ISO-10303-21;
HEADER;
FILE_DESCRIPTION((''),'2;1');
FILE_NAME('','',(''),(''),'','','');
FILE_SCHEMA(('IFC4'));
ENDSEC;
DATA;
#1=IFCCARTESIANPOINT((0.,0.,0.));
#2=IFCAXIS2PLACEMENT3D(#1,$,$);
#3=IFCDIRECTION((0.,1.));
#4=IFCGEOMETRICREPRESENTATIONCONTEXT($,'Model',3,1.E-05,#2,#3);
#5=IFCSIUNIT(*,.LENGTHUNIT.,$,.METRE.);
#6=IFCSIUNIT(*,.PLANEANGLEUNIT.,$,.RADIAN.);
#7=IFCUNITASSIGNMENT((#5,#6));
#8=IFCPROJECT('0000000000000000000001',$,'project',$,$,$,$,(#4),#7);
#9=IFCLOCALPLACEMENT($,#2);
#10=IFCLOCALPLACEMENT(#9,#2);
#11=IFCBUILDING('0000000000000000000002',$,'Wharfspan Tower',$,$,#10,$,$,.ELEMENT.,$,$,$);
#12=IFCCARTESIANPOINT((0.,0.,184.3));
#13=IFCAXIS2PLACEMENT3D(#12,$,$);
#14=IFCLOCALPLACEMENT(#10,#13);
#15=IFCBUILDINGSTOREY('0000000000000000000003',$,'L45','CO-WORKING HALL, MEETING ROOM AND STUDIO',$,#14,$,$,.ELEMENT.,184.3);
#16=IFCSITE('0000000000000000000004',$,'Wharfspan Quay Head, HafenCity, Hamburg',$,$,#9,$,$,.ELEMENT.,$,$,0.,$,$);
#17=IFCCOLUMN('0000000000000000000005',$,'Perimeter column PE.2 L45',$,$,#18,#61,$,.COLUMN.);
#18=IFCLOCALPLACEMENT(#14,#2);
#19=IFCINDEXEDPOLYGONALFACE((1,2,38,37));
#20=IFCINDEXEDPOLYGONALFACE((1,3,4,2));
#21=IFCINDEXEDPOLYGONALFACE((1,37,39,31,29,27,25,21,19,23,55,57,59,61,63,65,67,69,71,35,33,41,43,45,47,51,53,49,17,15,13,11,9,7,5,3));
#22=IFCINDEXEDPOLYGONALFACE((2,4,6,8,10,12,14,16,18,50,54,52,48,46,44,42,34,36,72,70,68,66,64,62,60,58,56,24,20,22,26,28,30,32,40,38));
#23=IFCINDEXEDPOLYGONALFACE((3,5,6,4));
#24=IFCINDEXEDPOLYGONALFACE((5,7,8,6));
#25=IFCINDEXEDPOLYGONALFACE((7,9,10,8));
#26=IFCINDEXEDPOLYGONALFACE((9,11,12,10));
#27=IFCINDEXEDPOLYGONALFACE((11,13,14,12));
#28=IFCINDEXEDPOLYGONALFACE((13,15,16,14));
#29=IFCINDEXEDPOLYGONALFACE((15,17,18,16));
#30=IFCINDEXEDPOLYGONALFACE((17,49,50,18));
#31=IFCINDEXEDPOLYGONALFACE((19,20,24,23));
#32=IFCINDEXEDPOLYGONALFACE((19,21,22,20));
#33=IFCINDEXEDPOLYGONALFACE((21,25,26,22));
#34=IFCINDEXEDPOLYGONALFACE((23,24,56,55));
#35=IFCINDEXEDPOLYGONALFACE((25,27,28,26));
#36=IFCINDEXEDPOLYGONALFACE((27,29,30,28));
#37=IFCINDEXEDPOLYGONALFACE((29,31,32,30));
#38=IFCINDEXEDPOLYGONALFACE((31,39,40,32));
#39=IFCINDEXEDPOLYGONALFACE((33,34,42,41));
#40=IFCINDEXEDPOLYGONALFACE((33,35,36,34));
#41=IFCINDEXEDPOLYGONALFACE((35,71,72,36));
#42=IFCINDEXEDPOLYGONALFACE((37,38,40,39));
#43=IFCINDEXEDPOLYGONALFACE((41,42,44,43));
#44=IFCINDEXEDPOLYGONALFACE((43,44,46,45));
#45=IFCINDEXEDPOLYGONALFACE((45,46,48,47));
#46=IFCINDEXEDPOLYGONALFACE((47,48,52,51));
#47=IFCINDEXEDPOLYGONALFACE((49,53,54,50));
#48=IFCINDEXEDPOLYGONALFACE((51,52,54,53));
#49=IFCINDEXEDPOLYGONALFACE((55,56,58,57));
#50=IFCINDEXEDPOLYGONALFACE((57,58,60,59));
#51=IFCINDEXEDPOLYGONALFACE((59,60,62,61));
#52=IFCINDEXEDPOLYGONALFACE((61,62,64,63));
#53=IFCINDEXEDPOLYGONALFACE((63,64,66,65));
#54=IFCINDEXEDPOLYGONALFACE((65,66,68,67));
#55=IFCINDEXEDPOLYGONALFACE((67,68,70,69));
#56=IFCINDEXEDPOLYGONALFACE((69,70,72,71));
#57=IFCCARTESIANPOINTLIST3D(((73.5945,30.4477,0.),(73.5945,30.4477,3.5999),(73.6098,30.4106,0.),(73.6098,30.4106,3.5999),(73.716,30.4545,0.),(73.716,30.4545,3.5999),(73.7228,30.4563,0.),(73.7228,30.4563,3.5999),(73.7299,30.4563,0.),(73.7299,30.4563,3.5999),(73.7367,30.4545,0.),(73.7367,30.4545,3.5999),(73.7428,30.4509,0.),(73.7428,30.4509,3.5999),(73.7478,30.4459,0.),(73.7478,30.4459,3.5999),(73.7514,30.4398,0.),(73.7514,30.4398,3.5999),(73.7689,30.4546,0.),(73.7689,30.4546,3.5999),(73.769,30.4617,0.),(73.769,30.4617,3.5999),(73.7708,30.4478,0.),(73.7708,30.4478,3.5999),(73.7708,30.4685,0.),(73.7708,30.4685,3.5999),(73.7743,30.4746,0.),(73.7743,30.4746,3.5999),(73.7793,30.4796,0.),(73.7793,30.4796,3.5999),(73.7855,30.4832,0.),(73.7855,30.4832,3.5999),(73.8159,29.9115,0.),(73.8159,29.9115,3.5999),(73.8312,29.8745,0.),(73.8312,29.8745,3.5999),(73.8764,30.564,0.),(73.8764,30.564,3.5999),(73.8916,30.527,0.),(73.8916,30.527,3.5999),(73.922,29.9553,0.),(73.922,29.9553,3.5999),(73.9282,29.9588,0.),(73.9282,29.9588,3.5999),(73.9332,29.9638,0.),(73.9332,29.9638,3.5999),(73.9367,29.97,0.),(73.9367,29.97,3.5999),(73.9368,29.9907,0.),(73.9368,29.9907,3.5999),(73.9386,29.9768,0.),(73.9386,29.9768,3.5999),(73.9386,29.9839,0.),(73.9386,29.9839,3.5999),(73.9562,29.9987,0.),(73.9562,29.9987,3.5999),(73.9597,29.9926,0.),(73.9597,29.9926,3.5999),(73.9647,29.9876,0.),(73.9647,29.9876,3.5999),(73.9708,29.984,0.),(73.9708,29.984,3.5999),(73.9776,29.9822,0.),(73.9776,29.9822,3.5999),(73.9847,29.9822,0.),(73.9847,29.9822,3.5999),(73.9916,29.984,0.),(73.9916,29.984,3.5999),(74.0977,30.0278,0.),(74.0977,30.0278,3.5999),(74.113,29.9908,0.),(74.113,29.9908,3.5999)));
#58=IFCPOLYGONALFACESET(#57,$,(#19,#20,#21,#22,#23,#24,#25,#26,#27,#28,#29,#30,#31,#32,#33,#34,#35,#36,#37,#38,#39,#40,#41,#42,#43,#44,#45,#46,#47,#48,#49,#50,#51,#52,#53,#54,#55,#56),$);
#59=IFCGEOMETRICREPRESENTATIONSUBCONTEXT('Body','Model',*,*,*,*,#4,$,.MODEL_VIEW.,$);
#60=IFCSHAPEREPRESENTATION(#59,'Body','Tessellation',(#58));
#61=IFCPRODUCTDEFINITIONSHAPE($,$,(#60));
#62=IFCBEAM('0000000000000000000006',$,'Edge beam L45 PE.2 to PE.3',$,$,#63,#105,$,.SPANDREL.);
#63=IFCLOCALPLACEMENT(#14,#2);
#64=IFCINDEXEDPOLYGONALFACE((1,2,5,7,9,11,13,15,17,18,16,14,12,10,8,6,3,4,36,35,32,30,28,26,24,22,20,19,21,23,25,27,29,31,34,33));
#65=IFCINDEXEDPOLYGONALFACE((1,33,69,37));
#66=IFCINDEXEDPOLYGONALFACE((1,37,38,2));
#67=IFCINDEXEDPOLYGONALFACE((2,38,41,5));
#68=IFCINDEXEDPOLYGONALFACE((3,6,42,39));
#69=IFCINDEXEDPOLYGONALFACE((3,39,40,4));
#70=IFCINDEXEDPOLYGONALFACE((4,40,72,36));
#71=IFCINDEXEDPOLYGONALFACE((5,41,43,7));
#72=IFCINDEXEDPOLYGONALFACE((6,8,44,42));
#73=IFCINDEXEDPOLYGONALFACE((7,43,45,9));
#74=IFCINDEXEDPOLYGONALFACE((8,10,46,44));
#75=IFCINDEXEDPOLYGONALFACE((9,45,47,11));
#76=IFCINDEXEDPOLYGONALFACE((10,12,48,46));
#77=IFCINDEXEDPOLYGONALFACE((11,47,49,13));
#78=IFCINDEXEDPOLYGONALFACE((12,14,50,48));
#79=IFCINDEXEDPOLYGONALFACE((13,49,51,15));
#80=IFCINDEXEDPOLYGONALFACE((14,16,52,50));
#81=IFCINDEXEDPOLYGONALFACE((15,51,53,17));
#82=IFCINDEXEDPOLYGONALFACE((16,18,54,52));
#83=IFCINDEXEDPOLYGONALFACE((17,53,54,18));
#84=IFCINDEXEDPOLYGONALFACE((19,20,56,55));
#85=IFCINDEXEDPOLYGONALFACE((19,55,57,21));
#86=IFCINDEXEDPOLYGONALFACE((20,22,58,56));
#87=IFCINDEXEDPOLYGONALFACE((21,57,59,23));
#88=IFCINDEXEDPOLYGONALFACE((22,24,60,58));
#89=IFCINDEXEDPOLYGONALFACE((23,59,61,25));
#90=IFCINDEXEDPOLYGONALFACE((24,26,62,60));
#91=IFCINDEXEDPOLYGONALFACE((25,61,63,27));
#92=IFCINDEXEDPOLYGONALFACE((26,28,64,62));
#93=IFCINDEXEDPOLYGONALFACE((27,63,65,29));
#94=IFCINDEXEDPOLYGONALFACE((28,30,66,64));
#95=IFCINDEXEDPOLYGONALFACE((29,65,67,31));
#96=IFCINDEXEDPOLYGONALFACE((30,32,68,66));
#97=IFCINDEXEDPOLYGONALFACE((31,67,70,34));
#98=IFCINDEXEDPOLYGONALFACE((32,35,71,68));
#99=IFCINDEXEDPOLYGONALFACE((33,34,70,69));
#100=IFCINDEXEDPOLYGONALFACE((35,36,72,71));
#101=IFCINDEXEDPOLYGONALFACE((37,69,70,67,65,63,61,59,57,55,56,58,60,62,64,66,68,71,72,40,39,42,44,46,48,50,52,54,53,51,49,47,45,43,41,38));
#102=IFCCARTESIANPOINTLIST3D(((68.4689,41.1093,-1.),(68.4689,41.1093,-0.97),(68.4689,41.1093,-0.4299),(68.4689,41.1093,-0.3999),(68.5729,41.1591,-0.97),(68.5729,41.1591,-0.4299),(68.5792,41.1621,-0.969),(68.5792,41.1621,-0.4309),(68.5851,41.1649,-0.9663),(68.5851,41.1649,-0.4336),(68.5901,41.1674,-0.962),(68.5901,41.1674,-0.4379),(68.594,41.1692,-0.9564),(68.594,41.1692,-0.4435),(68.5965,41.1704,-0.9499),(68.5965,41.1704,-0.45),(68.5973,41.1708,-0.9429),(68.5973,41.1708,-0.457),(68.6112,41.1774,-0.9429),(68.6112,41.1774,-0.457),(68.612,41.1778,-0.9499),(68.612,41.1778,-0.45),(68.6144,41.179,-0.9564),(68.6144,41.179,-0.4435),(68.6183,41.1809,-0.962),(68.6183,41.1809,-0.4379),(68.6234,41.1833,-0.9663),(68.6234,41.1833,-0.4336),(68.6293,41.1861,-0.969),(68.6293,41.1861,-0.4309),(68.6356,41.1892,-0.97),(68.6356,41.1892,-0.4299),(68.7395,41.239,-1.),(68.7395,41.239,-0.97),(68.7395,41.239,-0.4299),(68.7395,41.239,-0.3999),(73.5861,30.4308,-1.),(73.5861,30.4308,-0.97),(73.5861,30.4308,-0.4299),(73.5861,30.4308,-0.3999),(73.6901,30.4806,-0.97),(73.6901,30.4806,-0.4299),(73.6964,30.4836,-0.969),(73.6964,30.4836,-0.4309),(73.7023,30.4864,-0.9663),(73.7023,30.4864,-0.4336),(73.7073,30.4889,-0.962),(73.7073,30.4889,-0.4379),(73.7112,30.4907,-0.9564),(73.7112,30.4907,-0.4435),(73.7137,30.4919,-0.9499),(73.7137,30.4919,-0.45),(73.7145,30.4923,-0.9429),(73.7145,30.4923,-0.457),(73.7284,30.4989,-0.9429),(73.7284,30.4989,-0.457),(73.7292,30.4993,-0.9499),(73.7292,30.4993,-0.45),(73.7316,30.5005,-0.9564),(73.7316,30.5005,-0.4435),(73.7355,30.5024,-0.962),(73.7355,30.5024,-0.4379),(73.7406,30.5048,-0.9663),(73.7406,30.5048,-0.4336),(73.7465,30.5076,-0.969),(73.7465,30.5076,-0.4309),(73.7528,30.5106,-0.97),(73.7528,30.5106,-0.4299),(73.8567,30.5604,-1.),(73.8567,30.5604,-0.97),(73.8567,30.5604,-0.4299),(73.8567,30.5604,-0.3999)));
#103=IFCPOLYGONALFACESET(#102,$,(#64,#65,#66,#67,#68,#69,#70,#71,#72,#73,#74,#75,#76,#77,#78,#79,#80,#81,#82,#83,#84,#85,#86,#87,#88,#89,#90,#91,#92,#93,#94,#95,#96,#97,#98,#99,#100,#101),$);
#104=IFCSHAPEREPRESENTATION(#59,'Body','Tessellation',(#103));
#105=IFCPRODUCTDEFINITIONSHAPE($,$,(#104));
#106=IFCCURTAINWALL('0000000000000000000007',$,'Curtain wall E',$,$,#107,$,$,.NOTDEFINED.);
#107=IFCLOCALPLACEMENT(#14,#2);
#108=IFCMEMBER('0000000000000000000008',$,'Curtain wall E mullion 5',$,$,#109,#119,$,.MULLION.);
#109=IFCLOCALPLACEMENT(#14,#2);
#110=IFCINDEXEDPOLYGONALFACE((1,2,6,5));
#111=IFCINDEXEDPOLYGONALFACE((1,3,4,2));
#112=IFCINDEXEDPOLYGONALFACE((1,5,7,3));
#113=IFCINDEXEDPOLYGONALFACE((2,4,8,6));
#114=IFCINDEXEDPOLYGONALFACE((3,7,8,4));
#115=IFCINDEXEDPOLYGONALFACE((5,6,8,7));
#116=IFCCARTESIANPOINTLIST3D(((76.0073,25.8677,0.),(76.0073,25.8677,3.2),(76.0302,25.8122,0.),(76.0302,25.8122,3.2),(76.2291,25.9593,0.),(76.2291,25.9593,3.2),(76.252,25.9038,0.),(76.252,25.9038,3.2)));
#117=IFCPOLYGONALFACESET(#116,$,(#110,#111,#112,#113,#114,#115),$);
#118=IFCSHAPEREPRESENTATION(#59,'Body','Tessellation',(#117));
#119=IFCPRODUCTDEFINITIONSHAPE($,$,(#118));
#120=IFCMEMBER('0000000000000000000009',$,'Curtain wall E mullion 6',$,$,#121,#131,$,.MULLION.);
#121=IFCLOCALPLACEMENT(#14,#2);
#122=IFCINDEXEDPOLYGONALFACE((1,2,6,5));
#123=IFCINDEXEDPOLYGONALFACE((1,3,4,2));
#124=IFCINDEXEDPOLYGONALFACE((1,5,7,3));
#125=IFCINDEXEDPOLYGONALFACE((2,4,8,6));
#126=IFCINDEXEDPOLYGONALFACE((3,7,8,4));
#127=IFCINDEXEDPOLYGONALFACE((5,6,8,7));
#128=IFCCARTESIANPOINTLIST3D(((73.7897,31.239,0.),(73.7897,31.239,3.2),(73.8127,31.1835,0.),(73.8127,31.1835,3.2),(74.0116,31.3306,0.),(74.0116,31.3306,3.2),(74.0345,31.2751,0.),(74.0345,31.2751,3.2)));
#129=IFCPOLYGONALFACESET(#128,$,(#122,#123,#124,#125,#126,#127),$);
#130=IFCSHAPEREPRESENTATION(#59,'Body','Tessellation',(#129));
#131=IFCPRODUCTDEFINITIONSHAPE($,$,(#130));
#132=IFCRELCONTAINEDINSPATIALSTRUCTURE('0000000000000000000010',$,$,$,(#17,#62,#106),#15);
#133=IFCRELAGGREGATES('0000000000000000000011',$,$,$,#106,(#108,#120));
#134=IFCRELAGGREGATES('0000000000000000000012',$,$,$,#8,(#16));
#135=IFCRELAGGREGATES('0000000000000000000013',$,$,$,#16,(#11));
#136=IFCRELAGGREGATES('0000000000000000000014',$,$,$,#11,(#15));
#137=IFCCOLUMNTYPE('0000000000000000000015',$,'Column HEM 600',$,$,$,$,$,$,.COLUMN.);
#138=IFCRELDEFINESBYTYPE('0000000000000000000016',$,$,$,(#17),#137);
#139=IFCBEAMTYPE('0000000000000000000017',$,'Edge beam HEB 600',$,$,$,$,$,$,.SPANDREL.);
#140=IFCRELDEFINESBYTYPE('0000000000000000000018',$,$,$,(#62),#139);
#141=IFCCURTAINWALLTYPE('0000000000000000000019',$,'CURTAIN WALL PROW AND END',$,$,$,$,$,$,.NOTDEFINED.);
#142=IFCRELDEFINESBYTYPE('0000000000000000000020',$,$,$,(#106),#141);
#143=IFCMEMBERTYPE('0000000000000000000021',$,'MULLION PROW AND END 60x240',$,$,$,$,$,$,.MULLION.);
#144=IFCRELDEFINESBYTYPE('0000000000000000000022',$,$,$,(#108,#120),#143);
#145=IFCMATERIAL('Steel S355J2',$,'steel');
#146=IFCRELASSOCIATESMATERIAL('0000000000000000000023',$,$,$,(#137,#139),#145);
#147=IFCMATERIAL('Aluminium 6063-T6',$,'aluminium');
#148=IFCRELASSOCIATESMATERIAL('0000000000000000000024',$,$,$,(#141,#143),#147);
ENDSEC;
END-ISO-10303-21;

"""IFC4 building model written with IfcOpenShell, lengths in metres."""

from ifc_helpers import new_model, si_unit, direction, frame, origin, origin_2d, place, context, subcontext, project, spatial, rectangle, i_section, extrude, material, material_profile, profile_set, type_object, element, aggregate, save


model = new_model("IFC4")

# Units and contexts
model_context = context("Model", 3, precision=1e-05, world=origin(), true_north=direction((0.0, 1.0)))
body_context = subcontext(model_context, "Body", "Model", "MODEL_VIEW")
ifc_project = project(units=[si_unit("LENGTHUNIT", "METRE"), si_unit("PLANEANGLEUNIT", "RADIAN")], contexts=[model_context])

# Site, building, storey
site_placement = place(None, origin())
site = spatial("IfcSite", under=ifc_project, at=site_placement, Name="Wharfspan Quay Head, HafenCity, Hamburg", CompositionType="ELEMENT", RefElevation=0.0)
building_placement = place(site_placement, origin())
building = spatial("IfcBuilding", under=site, at=building_placement, Name="Wharfspan Tower", CompositionType="ELEMENT")
storey_placement = place(building_placement, frame((0.0, 0.0, 184.3)))
storey = spatial("IfcBuildingStorey", under=building, at=storey_placement, Name="L45", Description="CO-WORKING HALL, MEETING ROOM AND STUDIO", CompositionType="ELEMENT", Elevation=184.3)

# Column
ifc_material_1 = material(Name="Steel S355J2", Category="steel")
ifc_material_profile_1 = material_profile(ifc_material_1, i_section(OverallWidth=0.3049, OverallDepth=0.6201, WebThickness=0.021, FlangeThickness=0.04, FilletRadius=0.0271, at=origin_2d()))
ifc_profile_set_1 = profile_set([ifc_material_profile_1], Name="Steel S355J2")
column_type = type_object("IfcColumnType", Name="Column HEM 600", PredefinedType="COLUMN", material=ifc_profile_set_1)
column_placement = place(storey_placement, frame((73.8538, 30.2192, 0.0), z_axis=(0.0, 0.0, 1.0), x_axis=(0.924325, 0.381602, 0.0)))
element("IfcColumn", 1, at=column_placement, inside=storey, type_object=column_type, Name="Perimeter column PE.2 L45", PredefinedType="COLUMN", context=body_context, shape_type="SweptSolid", body=[
    extrude(i_section(OverallWidth=0.3049, OverallDepth=0.6201, WebThickness=0.021, FlangeThickness=0.04, FilletRadius=0.0271, at=origin_2d()), origin(), (0.0, 0.0, 1.0), 3.5999),
])

# Beam
ifc_material_profile_2 = material_profile(ifc_material_1, i_section(OverallWidth=0.3, OverallDepth=0.6001, WebThickness=0.0154, FlangeThickness=0.03, FilletRadius=0.0271, at=origin_2d()))
ifc_profile_set_2 = profile_set([ifc_material_profile_2], Name="Steel S355J2")
beam_type = type_object("IfcBeamType", Name="Edge beam HEB 600", PredefinedType="SPANDREL", material=ifc_profile_set_2)
beam_placement = place(storey_placement, frame((73.7214, 30.4956, -0.7), z_axis=(-0.432149, 0.901802, 0.0), x_axis=(-0.901802, -0.432149, 0.0)))
element("IfcBeam", 2, at=beam_placement, inside=storey, type_object=beam_type, Name="Edge beam L45 PE.2 to PE.3", PredefinedType="SPANDREL", context=body_context, shape_type="SweptSolid", body=[
    extrude(i_section(OverallWidth=0.3, OverallDepth=0.6001, WebThickness=0.0154, FlangeThickness=0.03, FilletRadius=0.0271, at=origin_2d()), origin(), (0.0, 0.0, 1.0), 11.8413),
])

# Curtain wall, members
ifc_material_2 = material(Name="Aluminium 6063-T6", Category="aluminium")
curtain_wall_type = type_object("IfcCurtainWallType", Name="CURTAIN WALL PROW AND END", PredefinedType="NOTDEFINED", material=ifc_material_2)
curtain_wall_placement = place(storey_placement, origin())
curtain_wall = element("IfcCurtainWall", 3, at=curtain_wall_placement, inside=storey, type_object=curtain_wall_type, Name="Curtain wall E", PredefinedType="NOTDEFINED")
ifc_material_profile_3 = material_profile(ifc_material_2, rectangle(XDim=0.24, YDim=0.0601, at=origin_2d()))
ifc_profile_set_3 = profile_set([ifc_material_profile_3], Name="Aluminium 6063-T6")
member_type_1 = type_object("IfcMemberType", Name="MULLION PROW AND END 60x240", PredefinedType="MULLION", material=ifc_profile_set_3)
member_1_placement = place(storey_placement, frame((76.1296, 25.8857, 0.0), z_axis=(0.0, 0.0, 1.0), x_axis=(-0.924325, -0.381602, 0.0)))
member_1 = element("IfcMember", 4, at=member_1_placement, type_object=member_type_1, Name="Curtain wall E mullion 5", PredefinedType="MULLION", context=body_context, shape_type="SweptSolid", body=[
    extrude(rectangle(XDim=0.24, YDim=0.0601, at=origin_2d()), origin(), (0.0, 0.0, 1.0), 3.2),
])
member_2_placement = place(storey_placement, frame((73.9121, 31.2571, 0.0), z_axis=(0.0, 0.0, 1.0), x_axis=(-0.924325, -0.381602, 0.0)))
member_2 = element("IfcMember", 5, at=member_2_placement, type_object=member_type_1, Name="Curtain wall E mullion 6", PredefinedType="MULLION", context=body_context, shape_type="SweptSolid", body=[
    extrude(rectangle(XDim=0.24, YDim=0.0601, at=origin_2d()), origin(), (0.0, 0.0, 1.0), 3.2),
])

aggregate(curtain_wall, [member_1, member_2])

save(model, "model.ifc")
